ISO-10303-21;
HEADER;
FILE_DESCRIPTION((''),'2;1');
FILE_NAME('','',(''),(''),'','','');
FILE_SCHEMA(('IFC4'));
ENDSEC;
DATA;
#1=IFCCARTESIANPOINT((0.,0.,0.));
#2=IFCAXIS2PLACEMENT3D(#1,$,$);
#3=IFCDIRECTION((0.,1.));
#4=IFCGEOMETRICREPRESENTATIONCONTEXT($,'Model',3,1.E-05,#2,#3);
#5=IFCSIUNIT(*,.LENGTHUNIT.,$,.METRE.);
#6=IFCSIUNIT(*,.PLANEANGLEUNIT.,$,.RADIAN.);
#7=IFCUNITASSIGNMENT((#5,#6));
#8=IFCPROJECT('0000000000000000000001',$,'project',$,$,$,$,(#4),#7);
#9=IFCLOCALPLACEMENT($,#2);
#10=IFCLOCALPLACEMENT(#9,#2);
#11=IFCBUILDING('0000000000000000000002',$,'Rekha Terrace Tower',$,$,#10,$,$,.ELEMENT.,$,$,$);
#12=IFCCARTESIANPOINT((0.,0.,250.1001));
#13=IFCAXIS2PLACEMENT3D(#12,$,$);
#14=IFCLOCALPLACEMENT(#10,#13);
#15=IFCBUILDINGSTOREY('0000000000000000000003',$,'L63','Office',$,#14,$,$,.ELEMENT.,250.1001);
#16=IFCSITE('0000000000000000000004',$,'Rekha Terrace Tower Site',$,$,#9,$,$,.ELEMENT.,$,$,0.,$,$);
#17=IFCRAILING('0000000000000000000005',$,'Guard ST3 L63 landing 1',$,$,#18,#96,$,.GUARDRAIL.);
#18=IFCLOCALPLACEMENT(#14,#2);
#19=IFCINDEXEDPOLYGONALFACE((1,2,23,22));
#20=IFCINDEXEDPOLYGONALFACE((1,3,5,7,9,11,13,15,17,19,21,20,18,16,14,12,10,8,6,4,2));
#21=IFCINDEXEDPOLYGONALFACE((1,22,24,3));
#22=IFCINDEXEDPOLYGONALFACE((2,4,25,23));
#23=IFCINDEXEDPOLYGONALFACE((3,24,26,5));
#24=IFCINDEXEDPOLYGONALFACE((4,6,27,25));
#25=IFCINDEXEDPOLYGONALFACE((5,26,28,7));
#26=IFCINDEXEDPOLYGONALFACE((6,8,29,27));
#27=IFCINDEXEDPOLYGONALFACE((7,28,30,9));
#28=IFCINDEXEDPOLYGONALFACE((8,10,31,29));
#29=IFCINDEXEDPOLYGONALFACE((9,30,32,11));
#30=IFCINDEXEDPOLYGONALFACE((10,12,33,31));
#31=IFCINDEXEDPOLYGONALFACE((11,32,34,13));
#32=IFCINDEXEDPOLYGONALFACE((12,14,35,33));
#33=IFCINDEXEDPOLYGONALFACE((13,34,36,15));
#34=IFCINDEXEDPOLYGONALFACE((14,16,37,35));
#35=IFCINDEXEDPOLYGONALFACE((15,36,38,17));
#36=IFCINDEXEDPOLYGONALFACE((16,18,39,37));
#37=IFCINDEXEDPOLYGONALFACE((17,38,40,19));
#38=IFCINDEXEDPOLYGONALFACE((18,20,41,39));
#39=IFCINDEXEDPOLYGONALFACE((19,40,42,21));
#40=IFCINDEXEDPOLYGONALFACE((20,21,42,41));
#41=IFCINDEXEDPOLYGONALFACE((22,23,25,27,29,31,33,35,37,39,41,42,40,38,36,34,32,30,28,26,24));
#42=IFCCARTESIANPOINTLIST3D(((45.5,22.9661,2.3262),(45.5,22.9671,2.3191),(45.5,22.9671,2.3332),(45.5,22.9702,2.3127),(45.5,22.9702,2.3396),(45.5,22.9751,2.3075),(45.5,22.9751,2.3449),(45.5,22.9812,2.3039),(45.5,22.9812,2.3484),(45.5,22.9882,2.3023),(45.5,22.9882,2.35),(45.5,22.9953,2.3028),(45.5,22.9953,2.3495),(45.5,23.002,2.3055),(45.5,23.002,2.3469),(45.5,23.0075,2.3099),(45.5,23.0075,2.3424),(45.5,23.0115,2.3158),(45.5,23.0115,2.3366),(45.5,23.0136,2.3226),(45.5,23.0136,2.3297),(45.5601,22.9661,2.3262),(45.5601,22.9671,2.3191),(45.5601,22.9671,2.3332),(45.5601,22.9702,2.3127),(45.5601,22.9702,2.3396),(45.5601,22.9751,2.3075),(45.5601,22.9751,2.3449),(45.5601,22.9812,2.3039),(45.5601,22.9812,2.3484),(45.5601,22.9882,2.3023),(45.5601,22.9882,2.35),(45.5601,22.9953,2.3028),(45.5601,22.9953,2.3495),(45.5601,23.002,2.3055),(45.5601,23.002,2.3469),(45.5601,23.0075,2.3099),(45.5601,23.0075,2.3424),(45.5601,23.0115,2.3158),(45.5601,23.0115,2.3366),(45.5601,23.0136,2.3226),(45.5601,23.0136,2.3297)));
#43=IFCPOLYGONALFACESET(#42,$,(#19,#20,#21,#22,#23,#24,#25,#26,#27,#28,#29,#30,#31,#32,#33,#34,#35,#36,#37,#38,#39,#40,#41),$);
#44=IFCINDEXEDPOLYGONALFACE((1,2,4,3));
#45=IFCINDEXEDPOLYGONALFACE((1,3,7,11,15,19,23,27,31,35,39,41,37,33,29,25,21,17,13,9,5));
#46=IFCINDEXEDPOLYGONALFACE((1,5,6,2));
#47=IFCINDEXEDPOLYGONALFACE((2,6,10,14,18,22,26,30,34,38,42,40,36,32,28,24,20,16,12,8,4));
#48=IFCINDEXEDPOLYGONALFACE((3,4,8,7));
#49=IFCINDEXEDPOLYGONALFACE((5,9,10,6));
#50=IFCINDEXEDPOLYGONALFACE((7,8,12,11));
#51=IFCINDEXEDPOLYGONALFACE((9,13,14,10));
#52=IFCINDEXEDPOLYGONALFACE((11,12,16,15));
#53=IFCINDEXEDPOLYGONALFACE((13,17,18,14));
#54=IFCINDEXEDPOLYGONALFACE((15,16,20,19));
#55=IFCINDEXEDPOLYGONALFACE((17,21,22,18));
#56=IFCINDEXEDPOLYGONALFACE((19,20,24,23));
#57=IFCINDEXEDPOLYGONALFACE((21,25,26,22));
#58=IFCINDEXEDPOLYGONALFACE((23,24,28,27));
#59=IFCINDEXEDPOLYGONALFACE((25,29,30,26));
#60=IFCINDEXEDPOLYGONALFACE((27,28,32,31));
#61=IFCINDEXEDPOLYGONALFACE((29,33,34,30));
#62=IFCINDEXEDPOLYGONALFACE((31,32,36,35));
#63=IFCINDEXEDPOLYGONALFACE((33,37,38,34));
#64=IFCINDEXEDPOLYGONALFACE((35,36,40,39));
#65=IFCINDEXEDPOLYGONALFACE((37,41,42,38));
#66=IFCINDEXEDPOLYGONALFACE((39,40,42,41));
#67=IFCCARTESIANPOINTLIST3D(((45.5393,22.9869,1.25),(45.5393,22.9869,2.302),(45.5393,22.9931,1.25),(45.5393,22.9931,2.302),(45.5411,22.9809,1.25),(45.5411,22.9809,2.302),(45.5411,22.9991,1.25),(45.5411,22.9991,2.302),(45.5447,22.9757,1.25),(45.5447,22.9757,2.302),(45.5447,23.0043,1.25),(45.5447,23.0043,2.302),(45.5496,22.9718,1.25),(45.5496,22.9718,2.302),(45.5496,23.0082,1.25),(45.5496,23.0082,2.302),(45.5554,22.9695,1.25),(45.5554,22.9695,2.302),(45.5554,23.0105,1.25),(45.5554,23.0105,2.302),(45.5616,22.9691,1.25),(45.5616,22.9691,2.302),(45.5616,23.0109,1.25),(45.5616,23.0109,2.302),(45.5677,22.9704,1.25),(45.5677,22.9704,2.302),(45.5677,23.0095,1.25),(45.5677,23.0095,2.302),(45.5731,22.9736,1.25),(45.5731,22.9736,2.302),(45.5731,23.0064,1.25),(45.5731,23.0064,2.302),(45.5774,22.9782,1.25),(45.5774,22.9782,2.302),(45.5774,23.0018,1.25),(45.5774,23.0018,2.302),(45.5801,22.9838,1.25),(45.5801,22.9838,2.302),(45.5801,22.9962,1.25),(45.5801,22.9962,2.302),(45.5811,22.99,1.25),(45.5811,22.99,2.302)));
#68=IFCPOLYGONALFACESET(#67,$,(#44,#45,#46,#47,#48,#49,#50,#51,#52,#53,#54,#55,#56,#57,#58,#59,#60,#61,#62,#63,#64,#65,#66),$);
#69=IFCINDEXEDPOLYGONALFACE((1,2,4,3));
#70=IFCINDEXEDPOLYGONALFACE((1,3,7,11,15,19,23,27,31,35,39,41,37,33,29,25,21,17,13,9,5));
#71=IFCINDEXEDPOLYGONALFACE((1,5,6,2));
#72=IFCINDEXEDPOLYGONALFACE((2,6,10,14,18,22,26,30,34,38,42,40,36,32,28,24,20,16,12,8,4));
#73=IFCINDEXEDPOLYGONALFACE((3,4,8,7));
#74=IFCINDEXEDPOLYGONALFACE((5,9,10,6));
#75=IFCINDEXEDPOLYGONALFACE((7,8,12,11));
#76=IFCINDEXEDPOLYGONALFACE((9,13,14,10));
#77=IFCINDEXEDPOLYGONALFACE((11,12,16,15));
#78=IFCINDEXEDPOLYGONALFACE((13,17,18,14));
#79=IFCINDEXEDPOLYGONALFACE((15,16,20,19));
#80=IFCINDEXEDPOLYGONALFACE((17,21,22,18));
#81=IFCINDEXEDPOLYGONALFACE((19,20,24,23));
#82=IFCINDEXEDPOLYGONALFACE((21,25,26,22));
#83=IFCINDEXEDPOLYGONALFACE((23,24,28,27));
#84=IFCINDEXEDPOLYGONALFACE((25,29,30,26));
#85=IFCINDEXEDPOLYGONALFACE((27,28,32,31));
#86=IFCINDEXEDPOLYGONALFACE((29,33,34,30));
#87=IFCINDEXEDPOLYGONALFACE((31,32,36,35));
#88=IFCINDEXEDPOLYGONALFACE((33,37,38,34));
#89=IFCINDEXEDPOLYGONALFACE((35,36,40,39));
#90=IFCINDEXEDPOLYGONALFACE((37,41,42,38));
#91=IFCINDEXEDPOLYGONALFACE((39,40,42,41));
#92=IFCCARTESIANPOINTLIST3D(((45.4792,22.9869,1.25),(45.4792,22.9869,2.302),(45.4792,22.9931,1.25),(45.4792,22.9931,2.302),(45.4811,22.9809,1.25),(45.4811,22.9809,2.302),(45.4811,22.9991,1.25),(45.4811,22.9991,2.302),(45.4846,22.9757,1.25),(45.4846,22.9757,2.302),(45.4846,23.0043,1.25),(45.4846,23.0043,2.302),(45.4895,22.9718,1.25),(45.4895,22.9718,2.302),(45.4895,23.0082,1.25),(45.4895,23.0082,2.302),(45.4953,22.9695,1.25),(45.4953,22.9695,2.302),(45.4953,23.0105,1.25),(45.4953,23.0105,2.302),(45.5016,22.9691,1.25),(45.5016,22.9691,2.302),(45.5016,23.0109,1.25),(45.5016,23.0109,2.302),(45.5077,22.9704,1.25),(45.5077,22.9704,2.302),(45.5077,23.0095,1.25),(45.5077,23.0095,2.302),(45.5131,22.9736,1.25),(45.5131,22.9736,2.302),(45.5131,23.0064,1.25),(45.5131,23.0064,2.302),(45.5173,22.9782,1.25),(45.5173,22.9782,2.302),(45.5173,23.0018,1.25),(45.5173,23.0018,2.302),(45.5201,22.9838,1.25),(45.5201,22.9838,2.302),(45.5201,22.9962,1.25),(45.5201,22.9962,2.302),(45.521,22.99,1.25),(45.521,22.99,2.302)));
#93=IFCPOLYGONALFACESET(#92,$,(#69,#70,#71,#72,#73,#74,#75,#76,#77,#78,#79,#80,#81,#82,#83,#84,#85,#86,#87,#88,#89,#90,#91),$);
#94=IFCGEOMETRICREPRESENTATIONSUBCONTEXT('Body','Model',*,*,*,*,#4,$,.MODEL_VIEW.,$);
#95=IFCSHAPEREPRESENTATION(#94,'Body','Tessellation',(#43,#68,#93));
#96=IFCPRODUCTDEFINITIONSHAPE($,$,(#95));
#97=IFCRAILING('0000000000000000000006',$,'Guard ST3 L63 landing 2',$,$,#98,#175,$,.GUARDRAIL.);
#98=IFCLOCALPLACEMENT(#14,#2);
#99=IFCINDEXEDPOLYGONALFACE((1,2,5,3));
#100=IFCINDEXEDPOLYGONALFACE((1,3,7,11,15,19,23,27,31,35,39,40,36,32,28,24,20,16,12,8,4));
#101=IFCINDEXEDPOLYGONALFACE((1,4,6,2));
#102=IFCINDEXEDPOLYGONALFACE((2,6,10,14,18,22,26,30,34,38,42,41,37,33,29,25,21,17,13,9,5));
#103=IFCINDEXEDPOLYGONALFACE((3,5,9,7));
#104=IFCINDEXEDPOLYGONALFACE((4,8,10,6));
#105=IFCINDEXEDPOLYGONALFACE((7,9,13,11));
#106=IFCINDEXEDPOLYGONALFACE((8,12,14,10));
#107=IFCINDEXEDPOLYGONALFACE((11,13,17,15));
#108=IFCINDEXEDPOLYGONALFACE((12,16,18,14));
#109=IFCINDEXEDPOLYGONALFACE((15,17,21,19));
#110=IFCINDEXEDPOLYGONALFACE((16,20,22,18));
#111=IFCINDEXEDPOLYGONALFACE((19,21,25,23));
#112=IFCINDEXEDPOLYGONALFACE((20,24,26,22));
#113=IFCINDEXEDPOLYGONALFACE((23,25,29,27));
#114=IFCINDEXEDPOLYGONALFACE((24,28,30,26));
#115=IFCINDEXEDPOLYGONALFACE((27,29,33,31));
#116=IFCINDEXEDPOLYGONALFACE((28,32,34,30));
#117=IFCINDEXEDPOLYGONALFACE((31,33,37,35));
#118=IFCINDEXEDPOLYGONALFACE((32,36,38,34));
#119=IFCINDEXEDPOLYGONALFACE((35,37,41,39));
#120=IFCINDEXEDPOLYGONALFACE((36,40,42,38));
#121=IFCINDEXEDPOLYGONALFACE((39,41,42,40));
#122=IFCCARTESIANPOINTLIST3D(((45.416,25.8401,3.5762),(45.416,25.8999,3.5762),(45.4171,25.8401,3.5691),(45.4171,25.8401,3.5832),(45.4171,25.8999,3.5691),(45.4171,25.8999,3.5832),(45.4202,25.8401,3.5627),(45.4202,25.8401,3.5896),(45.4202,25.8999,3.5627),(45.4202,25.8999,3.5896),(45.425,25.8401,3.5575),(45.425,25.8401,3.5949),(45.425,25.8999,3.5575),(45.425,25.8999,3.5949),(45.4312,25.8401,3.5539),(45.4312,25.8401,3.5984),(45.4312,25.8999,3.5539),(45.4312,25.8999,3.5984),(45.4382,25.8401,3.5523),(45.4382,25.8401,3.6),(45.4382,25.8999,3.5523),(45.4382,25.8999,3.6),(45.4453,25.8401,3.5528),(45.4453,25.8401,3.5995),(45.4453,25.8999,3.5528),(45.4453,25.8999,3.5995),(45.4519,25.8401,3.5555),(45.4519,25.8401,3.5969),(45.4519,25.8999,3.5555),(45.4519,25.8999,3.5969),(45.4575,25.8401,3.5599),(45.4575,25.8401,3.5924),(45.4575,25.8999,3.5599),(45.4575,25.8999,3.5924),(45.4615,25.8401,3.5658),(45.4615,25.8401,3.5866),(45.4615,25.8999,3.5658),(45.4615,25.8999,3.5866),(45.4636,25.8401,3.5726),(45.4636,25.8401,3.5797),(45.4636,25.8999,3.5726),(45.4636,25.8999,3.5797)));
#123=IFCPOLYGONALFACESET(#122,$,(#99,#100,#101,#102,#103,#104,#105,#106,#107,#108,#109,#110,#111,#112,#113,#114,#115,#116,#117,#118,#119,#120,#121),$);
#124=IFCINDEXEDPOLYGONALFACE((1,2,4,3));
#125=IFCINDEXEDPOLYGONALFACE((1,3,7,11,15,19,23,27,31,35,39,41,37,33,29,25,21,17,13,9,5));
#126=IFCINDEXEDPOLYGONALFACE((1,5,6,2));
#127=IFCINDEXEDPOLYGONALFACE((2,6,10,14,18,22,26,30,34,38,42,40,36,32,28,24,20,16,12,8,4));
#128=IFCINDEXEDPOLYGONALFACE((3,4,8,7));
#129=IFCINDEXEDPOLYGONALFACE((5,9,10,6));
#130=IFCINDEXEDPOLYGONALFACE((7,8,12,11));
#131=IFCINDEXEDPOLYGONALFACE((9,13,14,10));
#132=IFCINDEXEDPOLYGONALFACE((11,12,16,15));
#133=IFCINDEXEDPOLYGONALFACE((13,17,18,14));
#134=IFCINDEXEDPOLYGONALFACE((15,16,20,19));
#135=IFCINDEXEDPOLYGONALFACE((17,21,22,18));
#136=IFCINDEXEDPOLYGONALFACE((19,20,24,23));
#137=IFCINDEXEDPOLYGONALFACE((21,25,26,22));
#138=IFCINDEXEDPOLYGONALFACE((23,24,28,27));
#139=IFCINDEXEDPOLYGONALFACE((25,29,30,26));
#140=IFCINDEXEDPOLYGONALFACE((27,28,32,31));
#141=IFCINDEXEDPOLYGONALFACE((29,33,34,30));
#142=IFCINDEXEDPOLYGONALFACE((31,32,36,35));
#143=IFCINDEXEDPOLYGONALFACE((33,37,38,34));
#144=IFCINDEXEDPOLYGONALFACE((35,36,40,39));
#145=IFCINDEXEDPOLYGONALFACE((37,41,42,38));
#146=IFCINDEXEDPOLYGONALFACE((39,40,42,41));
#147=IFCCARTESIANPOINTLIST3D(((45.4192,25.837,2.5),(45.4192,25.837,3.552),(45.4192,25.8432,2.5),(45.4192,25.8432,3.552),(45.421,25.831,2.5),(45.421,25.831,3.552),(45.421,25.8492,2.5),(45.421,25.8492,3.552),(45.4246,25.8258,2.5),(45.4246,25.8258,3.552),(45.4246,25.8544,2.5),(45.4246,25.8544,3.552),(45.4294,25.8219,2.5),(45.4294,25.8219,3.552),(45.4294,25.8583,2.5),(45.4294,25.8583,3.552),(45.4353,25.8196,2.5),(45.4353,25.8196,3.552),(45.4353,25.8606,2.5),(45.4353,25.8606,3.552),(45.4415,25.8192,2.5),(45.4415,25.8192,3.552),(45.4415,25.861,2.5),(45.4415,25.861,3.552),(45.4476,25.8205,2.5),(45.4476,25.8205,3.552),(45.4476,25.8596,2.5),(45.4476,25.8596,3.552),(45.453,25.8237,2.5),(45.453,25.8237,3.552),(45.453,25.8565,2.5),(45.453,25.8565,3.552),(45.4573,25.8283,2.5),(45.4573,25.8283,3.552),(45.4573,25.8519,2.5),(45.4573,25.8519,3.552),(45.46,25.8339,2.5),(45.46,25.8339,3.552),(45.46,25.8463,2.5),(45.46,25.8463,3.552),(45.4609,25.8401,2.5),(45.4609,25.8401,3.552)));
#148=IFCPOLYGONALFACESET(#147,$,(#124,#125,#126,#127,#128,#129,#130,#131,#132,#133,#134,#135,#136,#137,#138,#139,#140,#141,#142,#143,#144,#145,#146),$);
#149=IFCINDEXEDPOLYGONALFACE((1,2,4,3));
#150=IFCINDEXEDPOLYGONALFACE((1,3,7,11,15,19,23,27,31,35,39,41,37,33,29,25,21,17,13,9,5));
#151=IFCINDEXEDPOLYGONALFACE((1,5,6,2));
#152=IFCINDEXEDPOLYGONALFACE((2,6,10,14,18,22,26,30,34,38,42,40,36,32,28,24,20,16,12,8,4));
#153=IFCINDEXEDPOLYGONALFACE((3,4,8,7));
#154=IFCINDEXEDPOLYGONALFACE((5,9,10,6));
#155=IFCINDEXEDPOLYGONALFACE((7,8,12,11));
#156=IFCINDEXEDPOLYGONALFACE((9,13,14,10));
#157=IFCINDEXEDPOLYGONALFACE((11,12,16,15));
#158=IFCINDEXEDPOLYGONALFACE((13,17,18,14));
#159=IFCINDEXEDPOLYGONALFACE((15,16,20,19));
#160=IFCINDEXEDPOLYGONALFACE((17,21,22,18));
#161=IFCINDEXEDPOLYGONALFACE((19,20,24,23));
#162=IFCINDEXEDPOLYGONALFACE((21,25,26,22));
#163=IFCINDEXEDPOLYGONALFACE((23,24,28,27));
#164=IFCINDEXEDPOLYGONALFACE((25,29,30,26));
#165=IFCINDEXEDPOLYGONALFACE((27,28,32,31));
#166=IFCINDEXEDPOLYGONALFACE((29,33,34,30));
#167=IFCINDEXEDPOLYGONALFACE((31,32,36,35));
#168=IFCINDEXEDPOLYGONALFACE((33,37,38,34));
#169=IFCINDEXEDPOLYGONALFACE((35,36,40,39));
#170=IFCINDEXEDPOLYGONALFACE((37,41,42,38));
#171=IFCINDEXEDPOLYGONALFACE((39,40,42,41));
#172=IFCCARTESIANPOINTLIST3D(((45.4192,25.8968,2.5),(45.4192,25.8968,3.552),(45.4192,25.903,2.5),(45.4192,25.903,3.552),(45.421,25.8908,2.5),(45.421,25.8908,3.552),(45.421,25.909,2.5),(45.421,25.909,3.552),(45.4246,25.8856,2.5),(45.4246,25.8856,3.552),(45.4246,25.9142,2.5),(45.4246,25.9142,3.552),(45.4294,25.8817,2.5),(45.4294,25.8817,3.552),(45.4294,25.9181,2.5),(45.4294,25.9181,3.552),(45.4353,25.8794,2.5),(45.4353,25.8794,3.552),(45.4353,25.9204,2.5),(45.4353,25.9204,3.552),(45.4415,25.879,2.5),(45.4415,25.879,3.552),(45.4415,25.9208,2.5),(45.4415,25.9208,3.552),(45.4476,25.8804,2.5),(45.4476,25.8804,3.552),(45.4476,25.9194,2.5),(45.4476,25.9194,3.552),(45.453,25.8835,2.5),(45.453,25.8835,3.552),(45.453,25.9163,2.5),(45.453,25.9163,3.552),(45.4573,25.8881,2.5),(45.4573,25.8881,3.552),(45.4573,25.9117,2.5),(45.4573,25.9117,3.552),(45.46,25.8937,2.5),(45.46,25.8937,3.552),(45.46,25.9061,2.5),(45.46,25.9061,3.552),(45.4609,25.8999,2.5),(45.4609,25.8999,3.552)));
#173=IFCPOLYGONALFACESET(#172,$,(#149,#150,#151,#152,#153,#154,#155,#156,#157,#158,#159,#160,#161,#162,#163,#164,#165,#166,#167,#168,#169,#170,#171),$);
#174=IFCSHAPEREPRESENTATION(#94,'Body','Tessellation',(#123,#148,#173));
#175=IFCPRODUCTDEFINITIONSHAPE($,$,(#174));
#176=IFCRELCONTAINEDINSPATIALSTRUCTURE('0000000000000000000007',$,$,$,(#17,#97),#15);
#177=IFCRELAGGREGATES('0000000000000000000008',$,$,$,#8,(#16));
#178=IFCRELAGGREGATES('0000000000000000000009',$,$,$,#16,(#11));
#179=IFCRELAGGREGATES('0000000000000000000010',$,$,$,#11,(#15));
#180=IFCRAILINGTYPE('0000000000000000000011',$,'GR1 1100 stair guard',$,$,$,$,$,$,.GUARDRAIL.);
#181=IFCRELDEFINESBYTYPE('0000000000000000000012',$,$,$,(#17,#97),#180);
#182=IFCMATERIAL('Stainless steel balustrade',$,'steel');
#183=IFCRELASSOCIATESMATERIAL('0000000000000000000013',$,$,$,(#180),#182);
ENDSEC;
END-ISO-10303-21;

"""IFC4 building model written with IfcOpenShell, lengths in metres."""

from ifc_helpers import new_model, si_unit, direction, frame, origin, origin_2d, place, context, subcontext, project, spatial, circle, extrude, material, type_object, element, save


model = new_model("IFC4")

# Units and contexts
model_context = context("Model", 3, precision=1e-05, world=origin(), true_north=direction((0.0, 1.0)))
body_context = subcontext(model_context, "Body", "Model", "MODEL_VIEW")
ifc_project = project(units=[si_unit("LENGTHUNIT", "METRE"), si_unit("PLANEANGLEUNIT", "RADIAN")], contexts=[model_context])

# Site, building, storey
site_placement = place(None, origin())
site = spatial("IfcSite", under=ifc_project, at=site_placement, Name="Rekha Terrace Tower Site", CompositionType="ELEMENT", RefElevation=0.0)
building_placement = place(site_placement, origin())
building = spatial("IfcBuilding", under=site, at=building_placement, Name="Rekha Terrace Tower", CompositionType="ELEMENT")
storey_placement = place(building_placement, frame((0.0, 0.0, 250.1001)))
storey = spatial("IfcBuildingStorey", under=building, at=storey_placement, Name="L63", Description="Office", CompositionType="ELEMENT", Elevation=250.1001)

# Railings
ifc_material_1 = material(Name="Stainless steel balustrade", Category="steel")
railing_type_1 = type_object("IfcRailingType", Name="GR1 1100 stair guard", PredefinedType="GUARDRAIL", material=ifc_material_1)
railing_1_placement = place(storey_placement, frame((45.5601, 22.99, 1.25)))
element("IfcRailing", 1, at=railing_1_placement, inside=storey, type_object=railing_type_1, Name="Guard ST3 L63 landing 1", PredefinedType="GUARDRAIL", context=body_context, shape_type="SweptSolid", body=[
    extrude(circle(Radius=0.0239, at=origin_2d()), frame((0.0, 0.0, 1.0762), z_axis=(-1.0, 0.0, 0.0), x_axis=(0.0, -1.0, 0.0)), (0.0, 0.0, 1.0), 0.0601),
    extrude(circle(Radius=0.021, at=origin_2d()), origin(), (0.0, 0.0, 1.0), 1.052),
    extrude(circle(Radius=0.021, at=origin_2d()), frame((-0.0601, 0.0, 0.0)), (0.0, 0.0, 1.0), 1.052),
])
railing_2_placement = place(storey_placement, frame((45.4399, 25.8401, 2.5)))
element("IfcRailing", 2, at=railing_2_placement, inside=storey, type_object=railing_type_1, Name="Guard ST3 L63 landing 2", PredefinedType="GUARDRAIL", context=body_context, shape_type="SweptSolid", body=[
    extrude(circle(Radius=0.0239, at=origin_2d()), frame((0.0, 0.0, 1.0762), z_axis=(0.0, 1.0, 0.0), x_axis=(-1.0, 0.0, 0.0)), (0.0, 0.0, 1.0), 0.0598),
    extrude(circle(Radius=0.021, at=origin_2d()), origin(), (0.0, 0.0, 1.0), 1.052),
    extrude(circle(Radius=0.021, at=origin_2d()), frame((0.0, 0.0598, 0.0)), (0.0, 0.0, 1.0), 1.052),
])

save(model, "model.ifc")
